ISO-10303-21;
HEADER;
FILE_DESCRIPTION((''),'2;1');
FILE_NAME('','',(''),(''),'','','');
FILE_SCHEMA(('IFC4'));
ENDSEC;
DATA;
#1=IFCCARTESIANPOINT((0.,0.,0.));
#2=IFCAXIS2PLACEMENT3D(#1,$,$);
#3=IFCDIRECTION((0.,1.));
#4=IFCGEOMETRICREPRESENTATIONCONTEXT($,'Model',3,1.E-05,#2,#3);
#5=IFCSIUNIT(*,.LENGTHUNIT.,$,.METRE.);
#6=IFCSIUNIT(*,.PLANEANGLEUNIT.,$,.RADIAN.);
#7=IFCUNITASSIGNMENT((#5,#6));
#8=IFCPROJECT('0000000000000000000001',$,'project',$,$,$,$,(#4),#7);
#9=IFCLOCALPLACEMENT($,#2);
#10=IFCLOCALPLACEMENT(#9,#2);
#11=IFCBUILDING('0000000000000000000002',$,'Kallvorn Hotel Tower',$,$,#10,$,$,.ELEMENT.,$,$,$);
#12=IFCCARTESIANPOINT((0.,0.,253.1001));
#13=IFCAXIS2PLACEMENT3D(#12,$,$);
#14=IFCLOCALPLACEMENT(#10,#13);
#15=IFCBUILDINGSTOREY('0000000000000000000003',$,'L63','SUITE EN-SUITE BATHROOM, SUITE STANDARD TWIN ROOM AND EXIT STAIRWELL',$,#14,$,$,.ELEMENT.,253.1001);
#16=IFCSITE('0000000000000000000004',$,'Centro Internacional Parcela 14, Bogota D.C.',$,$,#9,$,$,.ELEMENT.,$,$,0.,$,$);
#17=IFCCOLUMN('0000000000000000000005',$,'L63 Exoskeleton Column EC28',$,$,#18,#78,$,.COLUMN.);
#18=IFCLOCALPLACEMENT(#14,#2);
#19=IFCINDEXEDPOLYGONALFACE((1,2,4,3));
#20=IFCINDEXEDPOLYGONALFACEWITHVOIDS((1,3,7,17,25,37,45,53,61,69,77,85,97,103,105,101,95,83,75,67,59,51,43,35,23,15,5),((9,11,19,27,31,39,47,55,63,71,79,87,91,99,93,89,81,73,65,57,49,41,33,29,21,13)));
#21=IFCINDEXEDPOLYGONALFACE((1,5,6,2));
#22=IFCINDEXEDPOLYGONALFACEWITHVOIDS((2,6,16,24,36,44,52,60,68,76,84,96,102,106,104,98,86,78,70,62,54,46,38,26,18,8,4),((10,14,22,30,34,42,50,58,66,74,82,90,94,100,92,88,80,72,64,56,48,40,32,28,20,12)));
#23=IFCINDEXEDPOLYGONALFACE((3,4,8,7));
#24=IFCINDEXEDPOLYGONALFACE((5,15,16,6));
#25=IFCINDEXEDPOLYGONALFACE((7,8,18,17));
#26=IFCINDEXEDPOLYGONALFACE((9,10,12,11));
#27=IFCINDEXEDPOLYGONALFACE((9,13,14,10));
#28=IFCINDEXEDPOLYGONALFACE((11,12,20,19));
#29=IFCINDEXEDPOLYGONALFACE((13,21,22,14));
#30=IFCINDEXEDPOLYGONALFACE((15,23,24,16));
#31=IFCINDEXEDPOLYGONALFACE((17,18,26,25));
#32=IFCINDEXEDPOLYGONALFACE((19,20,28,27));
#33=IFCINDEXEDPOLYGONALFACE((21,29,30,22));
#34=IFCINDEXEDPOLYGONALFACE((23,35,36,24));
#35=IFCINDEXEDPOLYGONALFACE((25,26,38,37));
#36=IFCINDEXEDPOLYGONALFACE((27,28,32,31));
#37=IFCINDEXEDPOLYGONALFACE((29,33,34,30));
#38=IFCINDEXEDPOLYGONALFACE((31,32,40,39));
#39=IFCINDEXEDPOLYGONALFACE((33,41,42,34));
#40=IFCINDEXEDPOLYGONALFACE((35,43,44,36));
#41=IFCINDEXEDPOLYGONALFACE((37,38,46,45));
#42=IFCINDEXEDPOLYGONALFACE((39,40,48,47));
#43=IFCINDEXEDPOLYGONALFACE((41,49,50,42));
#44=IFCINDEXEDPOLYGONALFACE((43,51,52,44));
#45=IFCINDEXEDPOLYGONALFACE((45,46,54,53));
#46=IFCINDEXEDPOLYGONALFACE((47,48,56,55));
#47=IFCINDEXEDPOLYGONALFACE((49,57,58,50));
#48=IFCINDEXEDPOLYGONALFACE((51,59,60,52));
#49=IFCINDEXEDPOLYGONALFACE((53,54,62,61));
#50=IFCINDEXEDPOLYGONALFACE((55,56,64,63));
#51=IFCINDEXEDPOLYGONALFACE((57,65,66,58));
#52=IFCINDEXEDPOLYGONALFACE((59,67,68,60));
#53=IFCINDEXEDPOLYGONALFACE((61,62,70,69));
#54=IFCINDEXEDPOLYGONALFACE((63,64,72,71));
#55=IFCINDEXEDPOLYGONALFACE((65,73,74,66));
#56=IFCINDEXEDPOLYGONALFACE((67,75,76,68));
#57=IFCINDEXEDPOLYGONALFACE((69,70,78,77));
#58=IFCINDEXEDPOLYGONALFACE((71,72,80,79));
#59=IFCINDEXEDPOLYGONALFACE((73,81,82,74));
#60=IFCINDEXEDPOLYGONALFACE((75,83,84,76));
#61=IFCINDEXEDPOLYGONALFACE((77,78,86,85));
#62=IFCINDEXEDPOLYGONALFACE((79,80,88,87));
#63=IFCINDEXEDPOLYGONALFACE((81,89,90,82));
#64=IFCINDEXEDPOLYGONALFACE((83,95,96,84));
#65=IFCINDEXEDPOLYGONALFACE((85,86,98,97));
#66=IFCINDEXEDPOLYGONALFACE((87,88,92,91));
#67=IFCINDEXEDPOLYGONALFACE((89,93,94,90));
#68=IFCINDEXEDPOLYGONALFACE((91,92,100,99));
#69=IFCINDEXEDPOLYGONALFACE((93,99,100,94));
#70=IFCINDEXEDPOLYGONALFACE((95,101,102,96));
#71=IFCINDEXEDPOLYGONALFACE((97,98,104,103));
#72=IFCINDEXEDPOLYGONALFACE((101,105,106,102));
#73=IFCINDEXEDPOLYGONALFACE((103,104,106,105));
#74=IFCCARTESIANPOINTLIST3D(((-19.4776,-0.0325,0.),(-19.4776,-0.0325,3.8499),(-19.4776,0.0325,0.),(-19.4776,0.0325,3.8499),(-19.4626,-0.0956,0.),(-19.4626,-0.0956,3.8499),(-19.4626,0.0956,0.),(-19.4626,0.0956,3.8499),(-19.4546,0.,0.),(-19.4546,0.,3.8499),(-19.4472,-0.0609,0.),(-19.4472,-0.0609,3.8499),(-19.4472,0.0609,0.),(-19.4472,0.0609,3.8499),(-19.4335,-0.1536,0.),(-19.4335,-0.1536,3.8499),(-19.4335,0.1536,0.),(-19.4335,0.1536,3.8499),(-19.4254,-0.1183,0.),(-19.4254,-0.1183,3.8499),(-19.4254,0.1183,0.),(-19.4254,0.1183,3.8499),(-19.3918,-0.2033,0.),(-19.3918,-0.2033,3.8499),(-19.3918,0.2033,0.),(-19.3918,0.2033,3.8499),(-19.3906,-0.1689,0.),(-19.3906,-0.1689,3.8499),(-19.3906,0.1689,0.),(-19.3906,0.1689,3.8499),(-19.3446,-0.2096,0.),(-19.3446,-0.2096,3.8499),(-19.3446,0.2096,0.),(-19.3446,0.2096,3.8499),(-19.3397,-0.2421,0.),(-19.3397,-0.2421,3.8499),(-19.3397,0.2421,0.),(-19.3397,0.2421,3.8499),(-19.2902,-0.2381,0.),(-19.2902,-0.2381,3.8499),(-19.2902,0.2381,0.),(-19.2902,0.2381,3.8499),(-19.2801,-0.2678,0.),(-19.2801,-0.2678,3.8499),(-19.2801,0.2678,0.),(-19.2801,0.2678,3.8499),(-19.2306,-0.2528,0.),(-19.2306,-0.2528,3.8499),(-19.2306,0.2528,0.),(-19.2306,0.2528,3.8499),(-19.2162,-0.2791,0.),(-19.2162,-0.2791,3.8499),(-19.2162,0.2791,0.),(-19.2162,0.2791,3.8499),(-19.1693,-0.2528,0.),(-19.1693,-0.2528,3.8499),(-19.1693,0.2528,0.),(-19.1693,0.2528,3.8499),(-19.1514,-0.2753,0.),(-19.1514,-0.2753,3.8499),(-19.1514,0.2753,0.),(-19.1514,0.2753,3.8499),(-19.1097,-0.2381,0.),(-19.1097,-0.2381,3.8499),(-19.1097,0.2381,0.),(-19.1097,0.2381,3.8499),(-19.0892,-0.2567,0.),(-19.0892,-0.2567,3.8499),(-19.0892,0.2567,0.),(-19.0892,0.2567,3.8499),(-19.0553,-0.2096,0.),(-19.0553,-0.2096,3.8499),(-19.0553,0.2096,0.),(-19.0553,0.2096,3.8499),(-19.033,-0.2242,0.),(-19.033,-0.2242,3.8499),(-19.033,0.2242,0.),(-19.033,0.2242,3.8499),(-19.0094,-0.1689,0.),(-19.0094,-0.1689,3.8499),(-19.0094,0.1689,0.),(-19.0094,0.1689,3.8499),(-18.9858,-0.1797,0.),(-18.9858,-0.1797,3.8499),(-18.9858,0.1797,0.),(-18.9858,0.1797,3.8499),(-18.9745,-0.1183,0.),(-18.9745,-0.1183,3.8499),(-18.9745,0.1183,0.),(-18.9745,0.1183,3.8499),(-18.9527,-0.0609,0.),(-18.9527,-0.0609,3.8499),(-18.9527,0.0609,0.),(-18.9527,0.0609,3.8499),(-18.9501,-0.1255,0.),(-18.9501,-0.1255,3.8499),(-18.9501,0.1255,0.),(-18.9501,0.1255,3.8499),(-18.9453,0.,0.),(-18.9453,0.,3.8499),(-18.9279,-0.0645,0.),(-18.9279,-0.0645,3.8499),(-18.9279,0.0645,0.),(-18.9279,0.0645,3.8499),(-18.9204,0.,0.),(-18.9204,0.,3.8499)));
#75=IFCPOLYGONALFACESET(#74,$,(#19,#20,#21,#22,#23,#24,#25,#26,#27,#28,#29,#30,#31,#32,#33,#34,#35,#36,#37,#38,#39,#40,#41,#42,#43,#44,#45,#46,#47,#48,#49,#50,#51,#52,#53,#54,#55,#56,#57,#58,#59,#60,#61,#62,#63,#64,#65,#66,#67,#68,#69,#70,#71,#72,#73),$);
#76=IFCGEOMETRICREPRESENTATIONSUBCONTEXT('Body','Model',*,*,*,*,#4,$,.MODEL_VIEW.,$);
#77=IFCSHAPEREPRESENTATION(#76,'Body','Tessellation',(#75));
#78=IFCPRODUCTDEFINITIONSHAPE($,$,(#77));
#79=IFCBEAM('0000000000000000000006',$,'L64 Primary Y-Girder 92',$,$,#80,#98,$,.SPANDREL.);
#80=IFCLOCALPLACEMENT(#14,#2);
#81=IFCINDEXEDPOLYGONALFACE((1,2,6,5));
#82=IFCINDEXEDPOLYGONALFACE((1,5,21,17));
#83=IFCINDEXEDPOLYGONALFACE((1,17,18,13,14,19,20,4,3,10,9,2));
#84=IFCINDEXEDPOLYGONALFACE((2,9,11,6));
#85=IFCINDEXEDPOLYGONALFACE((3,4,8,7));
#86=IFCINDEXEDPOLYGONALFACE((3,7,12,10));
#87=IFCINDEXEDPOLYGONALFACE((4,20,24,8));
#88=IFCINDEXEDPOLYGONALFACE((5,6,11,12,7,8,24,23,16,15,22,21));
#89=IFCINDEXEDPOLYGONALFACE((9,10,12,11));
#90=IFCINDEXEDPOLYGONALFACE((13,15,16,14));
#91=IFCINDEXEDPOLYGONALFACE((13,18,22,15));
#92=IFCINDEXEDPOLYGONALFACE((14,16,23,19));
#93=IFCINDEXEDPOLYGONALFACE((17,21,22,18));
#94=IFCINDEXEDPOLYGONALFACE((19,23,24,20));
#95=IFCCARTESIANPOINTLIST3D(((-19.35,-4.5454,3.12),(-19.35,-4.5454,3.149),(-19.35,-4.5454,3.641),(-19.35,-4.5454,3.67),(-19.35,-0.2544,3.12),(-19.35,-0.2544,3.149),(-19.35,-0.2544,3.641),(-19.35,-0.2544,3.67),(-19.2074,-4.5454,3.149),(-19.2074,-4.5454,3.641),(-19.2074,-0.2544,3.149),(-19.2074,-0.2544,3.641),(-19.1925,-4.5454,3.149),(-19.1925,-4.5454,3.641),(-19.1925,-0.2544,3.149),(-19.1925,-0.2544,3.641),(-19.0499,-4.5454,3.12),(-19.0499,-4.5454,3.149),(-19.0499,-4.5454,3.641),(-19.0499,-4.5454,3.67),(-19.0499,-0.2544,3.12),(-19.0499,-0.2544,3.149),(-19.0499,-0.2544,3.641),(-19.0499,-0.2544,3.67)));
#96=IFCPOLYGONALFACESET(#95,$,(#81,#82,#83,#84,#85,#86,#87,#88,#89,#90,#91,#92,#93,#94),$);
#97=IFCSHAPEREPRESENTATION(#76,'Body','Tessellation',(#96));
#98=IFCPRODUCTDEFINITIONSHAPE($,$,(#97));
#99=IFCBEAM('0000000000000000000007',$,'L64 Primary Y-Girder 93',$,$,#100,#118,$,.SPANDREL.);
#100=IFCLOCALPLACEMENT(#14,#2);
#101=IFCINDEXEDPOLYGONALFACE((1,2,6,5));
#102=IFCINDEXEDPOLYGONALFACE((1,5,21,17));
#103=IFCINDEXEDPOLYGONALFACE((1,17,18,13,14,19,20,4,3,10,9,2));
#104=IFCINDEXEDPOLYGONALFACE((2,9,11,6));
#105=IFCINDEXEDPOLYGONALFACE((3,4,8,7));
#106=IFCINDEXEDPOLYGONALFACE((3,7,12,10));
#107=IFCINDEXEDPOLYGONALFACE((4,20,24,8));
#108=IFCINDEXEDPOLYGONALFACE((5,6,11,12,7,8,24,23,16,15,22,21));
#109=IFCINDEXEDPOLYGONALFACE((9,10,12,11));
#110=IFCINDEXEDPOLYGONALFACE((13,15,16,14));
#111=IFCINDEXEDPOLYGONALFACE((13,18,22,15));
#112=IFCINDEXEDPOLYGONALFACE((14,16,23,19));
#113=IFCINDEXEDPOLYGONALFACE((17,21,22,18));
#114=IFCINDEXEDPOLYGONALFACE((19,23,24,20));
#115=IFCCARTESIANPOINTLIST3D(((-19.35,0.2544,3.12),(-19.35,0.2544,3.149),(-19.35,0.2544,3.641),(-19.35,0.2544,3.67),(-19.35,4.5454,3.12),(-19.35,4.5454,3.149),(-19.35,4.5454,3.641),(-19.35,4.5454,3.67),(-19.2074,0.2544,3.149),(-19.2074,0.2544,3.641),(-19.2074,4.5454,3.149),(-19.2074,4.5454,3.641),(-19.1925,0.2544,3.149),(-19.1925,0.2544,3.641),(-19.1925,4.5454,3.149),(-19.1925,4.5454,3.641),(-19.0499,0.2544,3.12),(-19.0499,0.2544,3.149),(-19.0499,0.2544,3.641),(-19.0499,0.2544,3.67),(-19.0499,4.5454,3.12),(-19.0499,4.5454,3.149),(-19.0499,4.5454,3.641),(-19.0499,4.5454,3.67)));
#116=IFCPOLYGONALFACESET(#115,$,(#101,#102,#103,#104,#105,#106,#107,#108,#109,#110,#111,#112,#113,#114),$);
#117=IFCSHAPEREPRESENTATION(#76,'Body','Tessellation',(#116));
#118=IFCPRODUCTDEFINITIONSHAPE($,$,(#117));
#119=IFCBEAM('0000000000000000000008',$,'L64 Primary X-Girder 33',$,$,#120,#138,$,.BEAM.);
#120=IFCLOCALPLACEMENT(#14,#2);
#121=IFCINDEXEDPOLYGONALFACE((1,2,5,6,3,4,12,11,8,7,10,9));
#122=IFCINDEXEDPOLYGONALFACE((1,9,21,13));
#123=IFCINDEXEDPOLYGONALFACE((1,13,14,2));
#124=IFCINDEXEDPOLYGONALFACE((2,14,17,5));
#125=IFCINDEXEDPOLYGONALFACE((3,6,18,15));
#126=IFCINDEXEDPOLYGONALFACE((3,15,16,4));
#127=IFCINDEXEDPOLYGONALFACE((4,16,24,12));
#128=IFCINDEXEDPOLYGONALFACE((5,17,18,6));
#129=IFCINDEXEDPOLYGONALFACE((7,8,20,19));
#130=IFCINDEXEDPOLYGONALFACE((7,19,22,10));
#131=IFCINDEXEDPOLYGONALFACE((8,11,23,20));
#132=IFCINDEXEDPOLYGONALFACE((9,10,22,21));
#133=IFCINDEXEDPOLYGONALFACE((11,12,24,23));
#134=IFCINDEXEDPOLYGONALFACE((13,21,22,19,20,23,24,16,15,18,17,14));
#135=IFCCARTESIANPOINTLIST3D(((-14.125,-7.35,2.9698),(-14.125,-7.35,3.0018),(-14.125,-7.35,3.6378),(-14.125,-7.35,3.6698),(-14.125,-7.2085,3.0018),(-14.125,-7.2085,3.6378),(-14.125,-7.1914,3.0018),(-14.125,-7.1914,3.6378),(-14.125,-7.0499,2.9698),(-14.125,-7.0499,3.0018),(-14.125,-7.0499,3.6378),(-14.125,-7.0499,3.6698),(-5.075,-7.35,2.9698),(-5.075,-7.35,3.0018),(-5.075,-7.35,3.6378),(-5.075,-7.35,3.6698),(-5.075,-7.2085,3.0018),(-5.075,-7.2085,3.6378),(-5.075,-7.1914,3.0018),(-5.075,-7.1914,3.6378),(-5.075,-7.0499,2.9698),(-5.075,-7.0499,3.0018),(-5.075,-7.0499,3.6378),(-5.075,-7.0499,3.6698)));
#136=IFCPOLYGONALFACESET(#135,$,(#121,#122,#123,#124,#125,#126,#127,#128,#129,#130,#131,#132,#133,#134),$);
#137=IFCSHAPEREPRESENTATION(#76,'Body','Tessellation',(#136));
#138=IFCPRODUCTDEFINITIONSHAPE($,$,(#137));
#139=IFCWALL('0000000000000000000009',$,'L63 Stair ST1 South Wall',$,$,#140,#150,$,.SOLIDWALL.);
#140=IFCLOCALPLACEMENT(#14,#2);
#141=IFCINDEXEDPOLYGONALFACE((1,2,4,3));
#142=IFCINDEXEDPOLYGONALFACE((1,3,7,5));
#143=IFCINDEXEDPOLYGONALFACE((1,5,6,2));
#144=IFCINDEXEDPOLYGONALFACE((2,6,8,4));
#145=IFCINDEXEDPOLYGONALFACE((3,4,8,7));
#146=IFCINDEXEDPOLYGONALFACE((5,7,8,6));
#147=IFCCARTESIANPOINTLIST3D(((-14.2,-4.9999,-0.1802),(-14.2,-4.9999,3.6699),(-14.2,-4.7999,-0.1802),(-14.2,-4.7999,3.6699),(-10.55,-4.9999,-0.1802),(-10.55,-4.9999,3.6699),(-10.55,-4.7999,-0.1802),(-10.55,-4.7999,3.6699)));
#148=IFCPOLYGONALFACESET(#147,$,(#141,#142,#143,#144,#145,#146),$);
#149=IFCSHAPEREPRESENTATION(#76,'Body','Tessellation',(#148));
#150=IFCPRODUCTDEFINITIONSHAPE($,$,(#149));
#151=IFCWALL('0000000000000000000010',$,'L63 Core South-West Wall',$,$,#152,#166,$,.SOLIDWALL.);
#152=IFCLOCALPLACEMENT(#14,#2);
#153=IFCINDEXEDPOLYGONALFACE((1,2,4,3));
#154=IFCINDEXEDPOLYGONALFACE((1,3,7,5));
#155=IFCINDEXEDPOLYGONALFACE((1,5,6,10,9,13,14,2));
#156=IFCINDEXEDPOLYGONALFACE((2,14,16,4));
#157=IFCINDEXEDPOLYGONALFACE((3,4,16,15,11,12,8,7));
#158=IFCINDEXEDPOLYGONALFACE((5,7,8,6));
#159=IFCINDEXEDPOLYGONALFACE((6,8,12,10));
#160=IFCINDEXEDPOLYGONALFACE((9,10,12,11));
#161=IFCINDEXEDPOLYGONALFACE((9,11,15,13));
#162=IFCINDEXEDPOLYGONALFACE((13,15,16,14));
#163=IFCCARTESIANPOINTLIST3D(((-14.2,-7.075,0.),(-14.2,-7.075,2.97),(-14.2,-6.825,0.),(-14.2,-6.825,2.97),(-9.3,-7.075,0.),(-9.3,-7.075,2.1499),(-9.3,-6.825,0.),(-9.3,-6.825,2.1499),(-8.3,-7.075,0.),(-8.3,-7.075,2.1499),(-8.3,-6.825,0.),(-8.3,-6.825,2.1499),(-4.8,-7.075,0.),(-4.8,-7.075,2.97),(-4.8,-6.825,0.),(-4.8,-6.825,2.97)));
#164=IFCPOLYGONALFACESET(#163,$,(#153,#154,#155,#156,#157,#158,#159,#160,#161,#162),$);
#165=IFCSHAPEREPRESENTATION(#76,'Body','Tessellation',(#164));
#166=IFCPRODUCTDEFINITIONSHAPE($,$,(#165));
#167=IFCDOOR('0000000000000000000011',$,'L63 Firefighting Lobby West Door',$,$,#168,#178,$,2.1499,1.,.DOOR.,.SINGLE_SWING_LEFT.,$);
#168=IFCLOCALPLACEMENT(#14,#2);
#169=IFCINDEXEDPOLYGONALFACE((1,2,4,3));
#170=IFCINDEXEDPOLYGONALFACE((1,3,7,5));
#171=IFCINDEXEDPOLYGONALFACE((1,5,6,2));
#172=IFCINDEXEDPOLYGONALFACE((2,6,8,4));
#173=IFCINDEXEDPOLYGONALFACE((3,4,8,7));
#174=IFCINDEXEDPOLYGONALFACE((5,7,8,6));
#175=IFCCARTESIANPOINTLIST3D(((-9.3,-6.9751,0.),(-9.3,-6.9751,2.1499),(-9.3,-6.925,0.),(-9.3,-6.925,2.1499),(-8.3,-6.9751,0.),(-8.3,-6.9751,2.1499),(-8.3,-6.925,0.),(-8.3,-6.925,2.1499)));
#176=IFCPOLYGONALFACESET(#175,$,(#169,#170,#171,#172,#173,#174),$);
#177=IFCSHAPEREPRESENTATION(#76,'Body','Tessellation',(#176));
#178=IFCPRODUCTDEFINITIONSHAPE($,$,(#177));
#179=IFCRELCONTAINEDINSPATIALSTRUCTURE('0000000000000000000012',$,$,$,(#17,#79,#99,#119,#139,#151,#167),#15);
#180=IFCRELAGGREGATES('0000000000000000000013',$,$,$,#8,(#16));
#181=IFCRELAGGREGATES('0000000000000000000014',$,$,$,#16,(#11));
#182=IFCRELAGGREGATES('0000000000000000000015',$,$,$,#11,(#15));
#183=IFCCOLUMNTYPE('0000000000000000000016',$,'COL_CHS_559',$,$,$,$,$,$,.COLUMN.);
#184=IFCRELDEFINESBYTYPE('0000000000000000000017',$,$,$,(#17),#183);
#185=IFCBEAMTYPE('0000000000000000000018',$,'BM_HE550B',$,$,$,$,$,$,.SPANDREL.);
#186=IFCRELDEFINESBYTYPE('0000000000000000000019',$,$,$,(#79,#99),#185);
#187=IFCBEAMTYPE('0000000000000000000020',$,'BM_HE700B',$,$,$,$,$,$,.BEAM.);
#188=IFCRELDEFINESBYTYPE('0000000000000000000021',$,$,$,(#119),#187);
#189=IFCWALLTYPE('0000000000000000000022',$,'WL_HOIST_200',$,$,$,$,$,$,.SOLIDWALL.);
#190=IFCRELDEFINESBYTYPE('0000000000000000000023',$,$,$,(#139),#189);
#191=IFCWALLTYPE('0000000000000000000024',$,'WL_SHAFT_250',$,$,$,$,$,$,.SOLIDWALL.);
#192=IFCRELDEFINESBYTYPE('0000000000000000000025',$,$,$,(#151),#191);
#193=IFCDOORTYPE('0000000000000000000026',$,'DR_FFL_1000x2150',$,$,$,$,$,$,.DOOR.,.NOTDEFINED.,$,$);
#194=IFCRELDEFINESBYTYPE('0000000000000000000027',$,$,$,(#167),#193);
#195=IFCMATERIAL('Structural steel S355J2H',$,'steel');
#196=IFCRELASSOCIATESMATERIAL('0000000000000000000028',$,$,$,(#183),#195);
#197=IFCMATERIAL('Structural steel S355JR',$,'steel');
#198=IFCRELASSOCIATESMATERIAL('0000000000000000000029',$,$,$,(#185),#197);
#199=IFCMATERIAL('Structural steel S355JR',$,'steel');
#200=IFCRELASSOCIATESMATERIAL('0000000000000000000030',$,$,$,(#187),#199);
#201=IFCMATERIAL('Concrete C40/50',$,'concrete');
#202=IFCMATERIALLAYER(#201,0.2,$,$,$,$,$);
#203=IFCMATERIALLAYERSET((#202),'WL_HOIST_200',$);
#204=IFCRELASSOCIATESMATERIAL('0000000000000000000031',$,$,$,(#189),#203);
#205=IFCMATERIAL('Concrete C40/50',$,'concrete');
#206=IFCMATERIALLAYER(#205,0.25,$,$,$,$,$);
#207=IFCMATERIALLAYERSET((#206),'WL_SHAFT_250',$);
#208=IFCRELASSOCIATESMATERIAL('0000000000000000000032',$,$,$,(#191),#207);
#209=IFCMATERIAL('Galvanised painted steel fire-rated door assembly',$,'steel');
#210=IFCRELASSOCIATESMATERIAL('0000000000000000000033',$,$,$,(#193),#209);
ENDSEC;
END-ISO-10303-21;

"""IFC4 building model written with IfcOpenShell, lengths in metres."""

from ifc_helpers import new_model, si_unit, direction, frame, frame_2d, origin, origin_2d, place, context, subcontext, project, spatial, rectangle, hollow_circle, i_section, extrude, material, layer, layer_set, material_profile, profile_set, type_object, element, fill, save


model = new_model("IFC4")

# Units and contexts
model_context = context("Model", 3, precision=1e-05, world=origin(), true_north=direction((0.0, 1.0)))
body_context = subcontext(model_context, "Body", "Model", "MODEL_VIEW")
ifc_project = project(units=[si_unit("LENGTHUNIT", "METRE"), si_unit("PLANEANGLEUNIT", "RADIAN")], contexts=[model_context])

# Site, building, storey
site_placement = place(None, origin())
site = spatial("IfcSite", under=ifc_project, at=site_placement, Name="Centro Internacional Parcela 14, Bogota D.C.", CompositionType="ELEMENT", RefElevation=0.0)
building_placement = place(site_placement, origin())
building = spatial("IfcBuilding", under=site, at=building_placement, Name="Kallvorn Hotel Tower", CompositionType="ELEMENT")
storey_placement = place(building_placement, frame((0.0, 0.0, 253.1001)))
storey = spatial("IfcBuildingStorey", under=building, at=storey_placement, Name="L63", Description="SUITE EN-SUITE BATHROOM, SUITE STANDARD TWIN ROOM AND EXIT STAIRWELL", CompositionType="ELEMENT", Elevation=253.1001)

# Column
ifc_material_1 = material(Name="Structural steel S355J2H", Category="steel")
ifc_material_profile_1 = material_profile(ifc_material_1, hollow_circle(Radius=0.2795, WallThickness=0.0249, at=origin_2d()), Name="CHS 559x25")
ifc_profile_set_1 = profile_set([ifc_material_profile_1], Name="Structural steel S355J2H")
column_type = type_object("IfcColumnType", Name="COL_CHS_559", PredefinedType="COLUMN", material=ifc_profile_set_1)
column_placement = place(storey_placement, frame((-19.2, 0.0, 0.0), z_axis=(0.0, 0.0, 1.0), x_axis=(1.0, 0.0, 0.0)))
element("IfcColumn", 1, at=column_placement, inside=storey, type_object=column_type, Name="L63 Exoskeleton Column EC28", PredefinedType="COLUMN", context=body_context, shape_type="SweptSolid", body=[
    extrude(hollow_circle(Radius=0.2795, WallThickness=0.0249, at=origin_2d()), origin(), (0.0, 0.0, 1.0), 3.8499),
])

# Beams
ifc_material_2 = material(Name="Structural steel S355JR", Category="steel")
ifc_material_profile_2 = material_profile(ifc_material_2, i_section(OverallWidth=0.3, OverallDepth=0.55, WebThickness=0.0149, FlangeThickness=0.0291, at=origin_2d()), Name="HE 550 B")
ifc_profile_set_2 = profile_set([ifc_material_profile_2], Name="Structural steel S355JR")
beam_type_1 = type_object("IfcBeamType", Name="BM_HE550B", PredefinedType="SPANDREL", material=ifc_profile_set_2)
for number, where, z_axis, x_axis, name in (
    (2, (-19.2, -4.5454, 3.395), (0.0, 1.0, 0.0), (-1.0, 0.0, 0.0), "L64 Primary Y-Girder 92"),
    (3, (-19.2, 0.2544, 3.395), (0.0, 1.0, 0.0), (-1.0, 0.0, 0.0), "L64 Primary Y-Girder 93"),
):
    element("IfcBeam", number, at=place(storey_placement, frame(where, z_axis=z_axis, x_axis=x_axis)), inside=storey, type_object=beam_type_1, Name=name, PredefinedType="SPANDREL", context=body_context, shape_type="SweptSolid", body=[
        extrude(i_section(OverallWidth=0.3, OverallDepth=0.55, WebThickness=0.0149, FlangeThickness=0.0291, at=origin_2d()), origin(), (0.0, 0.0, 1.0), 4.291),
    ])
ifc_material_3 = material(Name="Structural steel S355JR", Category="steel")
ifc_material_profile_3 = material_profile(ifc_material_3, i_section(OverallWidth=0.3, OverallDepth=0.7, WebThickness=0.0171, FlangeThickness=0.032, at=origin_2d()), Name="HE 700 B")
ifc_profile_set_3 = profile_set([ifc_material_profile_3], Name="Structural steel S355JR")
beam_type_2 = type_object("IfcBeamType", Name="BM_HE700B", PredefinedType="BEAM", material=ifc_profile_set_3)
beam_placement = place(storey_placement, frame((-14.125, -7.2, 3.3198), z_axis=(1.0, 0.0, 0.0), x_axis=(0.0, 1.0, 0.0)))
element("IfcBeam", 4, at=beam_placement, inside=storey, type_object=beam_type_2, Name="L64 Primary X-Girder 33", PredefinedType="BEAM", context=body_context, shape_type="SweptSolid", body=[
    extrude(i_section(OverallWidth=0.3, OverallDepth=0.7, WebThickness=0.0171, FlangeThickness=0.032, at=origin_2d()), origin(), (0.0, 0.0, 1.0), 9.05),
])

# Wall
ifc_material_4 = material(Name="Concrete C40/50", Category="concrete")
ifc_layer_1 = layer(ifc_material_4, 0.2)
ifc_layer_set_1 = layer_set([ifc_layer_1], Name="WL_HOIST_200")
wall_type_1 = type_object("IfcWallType", Name="WL_HOIST_200", PredefinedType="SOLIDWALL", material=ifc_layer_set_1)
wall_1_placement = place(storey_placement, frame((-14.2, -4.8999, -0.1802), z_axis=(0.0, 0.0, 1.0), x_axis=(1.0, 0.0, 0.0)))
element("IfcWall", 5, at=wall_1_placement, inside=storey, type_object=wall_type_1, Name="L63 Stair ST1 South Wall", PredefinedType="SOLIDWALL", context=body_context, shape_type="SweptSolid", body=[
    extrude(rectangle(XDim=3.6499, YDim=0.2, at=frame_2d((1.825, 0.0))), origin(), (0.0, 0.0, 1.0), 3.8501),
])

# Wall, opening, door
ifc_material_5 = material(Name="Concrete C40/50", Category="concrete")
ifc_layer_2 = layer(ifc_material_5, 0.25)
ifc_layer_set_2 = layer_set([ifc_layer_2], Name="WL_SHAFT_250")
wall_type_2 = type_object("IfcWallType", Name="WL_SHAFT_250", PredefinedType="SOLIDWALL", material=ifc_layer_set_2)
wall_2_placement = place(storey_placement, frame((-14.2, -6.95, 0.0), z_axis=(0.0, 0.0, 1.0), x_axis=(1.0, 0.0, 0.0)))
wall_2 = element("IfcWall", 6, at=wall_2_placement, inside=storey, type_object=wall_type_2, Name="L63 Core South-West Wall", PredefinedType="SOLIDWALL", context=body_context, shape_type="SweptSolid", body=[
    extrude(rectangle(XDim=9.3999, YDim=0.25, at=frame_2d((4.7, 0.0))), origin(), (0.0, 0.0, 1.0), 2.97),
])
opening_1_placement = place(wall_2_placement, frame((4.8999, 0.0, 0.0)))
opening_1 = element("IfcOpeningElement", 7, at=opening_1_placement, cuts=wall_2, PredefinedType="OPENING", context=body_context, shape_type="SweptSolid", body=[
    extrude(rectangle(XDim=1.0, YDim=2.1499, at=frame_2d((0.5, 1.075))), frame((0.0, 0.1399, 0.0), z_axis=(0.0, -1.0, 0.0), x_axis=(1.0, 0.0, 0.0)), (0.0, 0.0, 1.0), 0.28),
])
ifc_material_6 = material(Name="Galvanised painted steel fire-rated door assembly", Category="steel")
door_type_1 = type_object("IfcDoorType", Name="DR_FFL_1000x2150", OperationType="NOTDEFINED", PredefinedType="DOOR", material=ifc_material_6)
door_1_placement = place(opening_1_placement, origin())
door_1 = element("IfcDoor", 8, at=door_1_placement, inside=storey, type_object=door_type_1, Name="L63 Firefighting Lobby West Door", OperationType="SINGLE_SWING_LEFT", OverallHeight=2.1499, OverallWidth=1.0, PredefinedType="DOOR", context=body_context, shape_type="SweptSolid", body=[
    extrude(rectangle(XDim=1.0, YDim=2.1499, at=frame_2d((0.5, 1.075))), frame((0.0, 0.0249, 0.0), z_axis=(0.0, -1.0, 0.0), x_axis=(1.0, 0.0, 0.0)), (0.0, 0.0, 1.0), 0.05),
])
fill(opening_1, door_1)

save(model, "model.ifc")
